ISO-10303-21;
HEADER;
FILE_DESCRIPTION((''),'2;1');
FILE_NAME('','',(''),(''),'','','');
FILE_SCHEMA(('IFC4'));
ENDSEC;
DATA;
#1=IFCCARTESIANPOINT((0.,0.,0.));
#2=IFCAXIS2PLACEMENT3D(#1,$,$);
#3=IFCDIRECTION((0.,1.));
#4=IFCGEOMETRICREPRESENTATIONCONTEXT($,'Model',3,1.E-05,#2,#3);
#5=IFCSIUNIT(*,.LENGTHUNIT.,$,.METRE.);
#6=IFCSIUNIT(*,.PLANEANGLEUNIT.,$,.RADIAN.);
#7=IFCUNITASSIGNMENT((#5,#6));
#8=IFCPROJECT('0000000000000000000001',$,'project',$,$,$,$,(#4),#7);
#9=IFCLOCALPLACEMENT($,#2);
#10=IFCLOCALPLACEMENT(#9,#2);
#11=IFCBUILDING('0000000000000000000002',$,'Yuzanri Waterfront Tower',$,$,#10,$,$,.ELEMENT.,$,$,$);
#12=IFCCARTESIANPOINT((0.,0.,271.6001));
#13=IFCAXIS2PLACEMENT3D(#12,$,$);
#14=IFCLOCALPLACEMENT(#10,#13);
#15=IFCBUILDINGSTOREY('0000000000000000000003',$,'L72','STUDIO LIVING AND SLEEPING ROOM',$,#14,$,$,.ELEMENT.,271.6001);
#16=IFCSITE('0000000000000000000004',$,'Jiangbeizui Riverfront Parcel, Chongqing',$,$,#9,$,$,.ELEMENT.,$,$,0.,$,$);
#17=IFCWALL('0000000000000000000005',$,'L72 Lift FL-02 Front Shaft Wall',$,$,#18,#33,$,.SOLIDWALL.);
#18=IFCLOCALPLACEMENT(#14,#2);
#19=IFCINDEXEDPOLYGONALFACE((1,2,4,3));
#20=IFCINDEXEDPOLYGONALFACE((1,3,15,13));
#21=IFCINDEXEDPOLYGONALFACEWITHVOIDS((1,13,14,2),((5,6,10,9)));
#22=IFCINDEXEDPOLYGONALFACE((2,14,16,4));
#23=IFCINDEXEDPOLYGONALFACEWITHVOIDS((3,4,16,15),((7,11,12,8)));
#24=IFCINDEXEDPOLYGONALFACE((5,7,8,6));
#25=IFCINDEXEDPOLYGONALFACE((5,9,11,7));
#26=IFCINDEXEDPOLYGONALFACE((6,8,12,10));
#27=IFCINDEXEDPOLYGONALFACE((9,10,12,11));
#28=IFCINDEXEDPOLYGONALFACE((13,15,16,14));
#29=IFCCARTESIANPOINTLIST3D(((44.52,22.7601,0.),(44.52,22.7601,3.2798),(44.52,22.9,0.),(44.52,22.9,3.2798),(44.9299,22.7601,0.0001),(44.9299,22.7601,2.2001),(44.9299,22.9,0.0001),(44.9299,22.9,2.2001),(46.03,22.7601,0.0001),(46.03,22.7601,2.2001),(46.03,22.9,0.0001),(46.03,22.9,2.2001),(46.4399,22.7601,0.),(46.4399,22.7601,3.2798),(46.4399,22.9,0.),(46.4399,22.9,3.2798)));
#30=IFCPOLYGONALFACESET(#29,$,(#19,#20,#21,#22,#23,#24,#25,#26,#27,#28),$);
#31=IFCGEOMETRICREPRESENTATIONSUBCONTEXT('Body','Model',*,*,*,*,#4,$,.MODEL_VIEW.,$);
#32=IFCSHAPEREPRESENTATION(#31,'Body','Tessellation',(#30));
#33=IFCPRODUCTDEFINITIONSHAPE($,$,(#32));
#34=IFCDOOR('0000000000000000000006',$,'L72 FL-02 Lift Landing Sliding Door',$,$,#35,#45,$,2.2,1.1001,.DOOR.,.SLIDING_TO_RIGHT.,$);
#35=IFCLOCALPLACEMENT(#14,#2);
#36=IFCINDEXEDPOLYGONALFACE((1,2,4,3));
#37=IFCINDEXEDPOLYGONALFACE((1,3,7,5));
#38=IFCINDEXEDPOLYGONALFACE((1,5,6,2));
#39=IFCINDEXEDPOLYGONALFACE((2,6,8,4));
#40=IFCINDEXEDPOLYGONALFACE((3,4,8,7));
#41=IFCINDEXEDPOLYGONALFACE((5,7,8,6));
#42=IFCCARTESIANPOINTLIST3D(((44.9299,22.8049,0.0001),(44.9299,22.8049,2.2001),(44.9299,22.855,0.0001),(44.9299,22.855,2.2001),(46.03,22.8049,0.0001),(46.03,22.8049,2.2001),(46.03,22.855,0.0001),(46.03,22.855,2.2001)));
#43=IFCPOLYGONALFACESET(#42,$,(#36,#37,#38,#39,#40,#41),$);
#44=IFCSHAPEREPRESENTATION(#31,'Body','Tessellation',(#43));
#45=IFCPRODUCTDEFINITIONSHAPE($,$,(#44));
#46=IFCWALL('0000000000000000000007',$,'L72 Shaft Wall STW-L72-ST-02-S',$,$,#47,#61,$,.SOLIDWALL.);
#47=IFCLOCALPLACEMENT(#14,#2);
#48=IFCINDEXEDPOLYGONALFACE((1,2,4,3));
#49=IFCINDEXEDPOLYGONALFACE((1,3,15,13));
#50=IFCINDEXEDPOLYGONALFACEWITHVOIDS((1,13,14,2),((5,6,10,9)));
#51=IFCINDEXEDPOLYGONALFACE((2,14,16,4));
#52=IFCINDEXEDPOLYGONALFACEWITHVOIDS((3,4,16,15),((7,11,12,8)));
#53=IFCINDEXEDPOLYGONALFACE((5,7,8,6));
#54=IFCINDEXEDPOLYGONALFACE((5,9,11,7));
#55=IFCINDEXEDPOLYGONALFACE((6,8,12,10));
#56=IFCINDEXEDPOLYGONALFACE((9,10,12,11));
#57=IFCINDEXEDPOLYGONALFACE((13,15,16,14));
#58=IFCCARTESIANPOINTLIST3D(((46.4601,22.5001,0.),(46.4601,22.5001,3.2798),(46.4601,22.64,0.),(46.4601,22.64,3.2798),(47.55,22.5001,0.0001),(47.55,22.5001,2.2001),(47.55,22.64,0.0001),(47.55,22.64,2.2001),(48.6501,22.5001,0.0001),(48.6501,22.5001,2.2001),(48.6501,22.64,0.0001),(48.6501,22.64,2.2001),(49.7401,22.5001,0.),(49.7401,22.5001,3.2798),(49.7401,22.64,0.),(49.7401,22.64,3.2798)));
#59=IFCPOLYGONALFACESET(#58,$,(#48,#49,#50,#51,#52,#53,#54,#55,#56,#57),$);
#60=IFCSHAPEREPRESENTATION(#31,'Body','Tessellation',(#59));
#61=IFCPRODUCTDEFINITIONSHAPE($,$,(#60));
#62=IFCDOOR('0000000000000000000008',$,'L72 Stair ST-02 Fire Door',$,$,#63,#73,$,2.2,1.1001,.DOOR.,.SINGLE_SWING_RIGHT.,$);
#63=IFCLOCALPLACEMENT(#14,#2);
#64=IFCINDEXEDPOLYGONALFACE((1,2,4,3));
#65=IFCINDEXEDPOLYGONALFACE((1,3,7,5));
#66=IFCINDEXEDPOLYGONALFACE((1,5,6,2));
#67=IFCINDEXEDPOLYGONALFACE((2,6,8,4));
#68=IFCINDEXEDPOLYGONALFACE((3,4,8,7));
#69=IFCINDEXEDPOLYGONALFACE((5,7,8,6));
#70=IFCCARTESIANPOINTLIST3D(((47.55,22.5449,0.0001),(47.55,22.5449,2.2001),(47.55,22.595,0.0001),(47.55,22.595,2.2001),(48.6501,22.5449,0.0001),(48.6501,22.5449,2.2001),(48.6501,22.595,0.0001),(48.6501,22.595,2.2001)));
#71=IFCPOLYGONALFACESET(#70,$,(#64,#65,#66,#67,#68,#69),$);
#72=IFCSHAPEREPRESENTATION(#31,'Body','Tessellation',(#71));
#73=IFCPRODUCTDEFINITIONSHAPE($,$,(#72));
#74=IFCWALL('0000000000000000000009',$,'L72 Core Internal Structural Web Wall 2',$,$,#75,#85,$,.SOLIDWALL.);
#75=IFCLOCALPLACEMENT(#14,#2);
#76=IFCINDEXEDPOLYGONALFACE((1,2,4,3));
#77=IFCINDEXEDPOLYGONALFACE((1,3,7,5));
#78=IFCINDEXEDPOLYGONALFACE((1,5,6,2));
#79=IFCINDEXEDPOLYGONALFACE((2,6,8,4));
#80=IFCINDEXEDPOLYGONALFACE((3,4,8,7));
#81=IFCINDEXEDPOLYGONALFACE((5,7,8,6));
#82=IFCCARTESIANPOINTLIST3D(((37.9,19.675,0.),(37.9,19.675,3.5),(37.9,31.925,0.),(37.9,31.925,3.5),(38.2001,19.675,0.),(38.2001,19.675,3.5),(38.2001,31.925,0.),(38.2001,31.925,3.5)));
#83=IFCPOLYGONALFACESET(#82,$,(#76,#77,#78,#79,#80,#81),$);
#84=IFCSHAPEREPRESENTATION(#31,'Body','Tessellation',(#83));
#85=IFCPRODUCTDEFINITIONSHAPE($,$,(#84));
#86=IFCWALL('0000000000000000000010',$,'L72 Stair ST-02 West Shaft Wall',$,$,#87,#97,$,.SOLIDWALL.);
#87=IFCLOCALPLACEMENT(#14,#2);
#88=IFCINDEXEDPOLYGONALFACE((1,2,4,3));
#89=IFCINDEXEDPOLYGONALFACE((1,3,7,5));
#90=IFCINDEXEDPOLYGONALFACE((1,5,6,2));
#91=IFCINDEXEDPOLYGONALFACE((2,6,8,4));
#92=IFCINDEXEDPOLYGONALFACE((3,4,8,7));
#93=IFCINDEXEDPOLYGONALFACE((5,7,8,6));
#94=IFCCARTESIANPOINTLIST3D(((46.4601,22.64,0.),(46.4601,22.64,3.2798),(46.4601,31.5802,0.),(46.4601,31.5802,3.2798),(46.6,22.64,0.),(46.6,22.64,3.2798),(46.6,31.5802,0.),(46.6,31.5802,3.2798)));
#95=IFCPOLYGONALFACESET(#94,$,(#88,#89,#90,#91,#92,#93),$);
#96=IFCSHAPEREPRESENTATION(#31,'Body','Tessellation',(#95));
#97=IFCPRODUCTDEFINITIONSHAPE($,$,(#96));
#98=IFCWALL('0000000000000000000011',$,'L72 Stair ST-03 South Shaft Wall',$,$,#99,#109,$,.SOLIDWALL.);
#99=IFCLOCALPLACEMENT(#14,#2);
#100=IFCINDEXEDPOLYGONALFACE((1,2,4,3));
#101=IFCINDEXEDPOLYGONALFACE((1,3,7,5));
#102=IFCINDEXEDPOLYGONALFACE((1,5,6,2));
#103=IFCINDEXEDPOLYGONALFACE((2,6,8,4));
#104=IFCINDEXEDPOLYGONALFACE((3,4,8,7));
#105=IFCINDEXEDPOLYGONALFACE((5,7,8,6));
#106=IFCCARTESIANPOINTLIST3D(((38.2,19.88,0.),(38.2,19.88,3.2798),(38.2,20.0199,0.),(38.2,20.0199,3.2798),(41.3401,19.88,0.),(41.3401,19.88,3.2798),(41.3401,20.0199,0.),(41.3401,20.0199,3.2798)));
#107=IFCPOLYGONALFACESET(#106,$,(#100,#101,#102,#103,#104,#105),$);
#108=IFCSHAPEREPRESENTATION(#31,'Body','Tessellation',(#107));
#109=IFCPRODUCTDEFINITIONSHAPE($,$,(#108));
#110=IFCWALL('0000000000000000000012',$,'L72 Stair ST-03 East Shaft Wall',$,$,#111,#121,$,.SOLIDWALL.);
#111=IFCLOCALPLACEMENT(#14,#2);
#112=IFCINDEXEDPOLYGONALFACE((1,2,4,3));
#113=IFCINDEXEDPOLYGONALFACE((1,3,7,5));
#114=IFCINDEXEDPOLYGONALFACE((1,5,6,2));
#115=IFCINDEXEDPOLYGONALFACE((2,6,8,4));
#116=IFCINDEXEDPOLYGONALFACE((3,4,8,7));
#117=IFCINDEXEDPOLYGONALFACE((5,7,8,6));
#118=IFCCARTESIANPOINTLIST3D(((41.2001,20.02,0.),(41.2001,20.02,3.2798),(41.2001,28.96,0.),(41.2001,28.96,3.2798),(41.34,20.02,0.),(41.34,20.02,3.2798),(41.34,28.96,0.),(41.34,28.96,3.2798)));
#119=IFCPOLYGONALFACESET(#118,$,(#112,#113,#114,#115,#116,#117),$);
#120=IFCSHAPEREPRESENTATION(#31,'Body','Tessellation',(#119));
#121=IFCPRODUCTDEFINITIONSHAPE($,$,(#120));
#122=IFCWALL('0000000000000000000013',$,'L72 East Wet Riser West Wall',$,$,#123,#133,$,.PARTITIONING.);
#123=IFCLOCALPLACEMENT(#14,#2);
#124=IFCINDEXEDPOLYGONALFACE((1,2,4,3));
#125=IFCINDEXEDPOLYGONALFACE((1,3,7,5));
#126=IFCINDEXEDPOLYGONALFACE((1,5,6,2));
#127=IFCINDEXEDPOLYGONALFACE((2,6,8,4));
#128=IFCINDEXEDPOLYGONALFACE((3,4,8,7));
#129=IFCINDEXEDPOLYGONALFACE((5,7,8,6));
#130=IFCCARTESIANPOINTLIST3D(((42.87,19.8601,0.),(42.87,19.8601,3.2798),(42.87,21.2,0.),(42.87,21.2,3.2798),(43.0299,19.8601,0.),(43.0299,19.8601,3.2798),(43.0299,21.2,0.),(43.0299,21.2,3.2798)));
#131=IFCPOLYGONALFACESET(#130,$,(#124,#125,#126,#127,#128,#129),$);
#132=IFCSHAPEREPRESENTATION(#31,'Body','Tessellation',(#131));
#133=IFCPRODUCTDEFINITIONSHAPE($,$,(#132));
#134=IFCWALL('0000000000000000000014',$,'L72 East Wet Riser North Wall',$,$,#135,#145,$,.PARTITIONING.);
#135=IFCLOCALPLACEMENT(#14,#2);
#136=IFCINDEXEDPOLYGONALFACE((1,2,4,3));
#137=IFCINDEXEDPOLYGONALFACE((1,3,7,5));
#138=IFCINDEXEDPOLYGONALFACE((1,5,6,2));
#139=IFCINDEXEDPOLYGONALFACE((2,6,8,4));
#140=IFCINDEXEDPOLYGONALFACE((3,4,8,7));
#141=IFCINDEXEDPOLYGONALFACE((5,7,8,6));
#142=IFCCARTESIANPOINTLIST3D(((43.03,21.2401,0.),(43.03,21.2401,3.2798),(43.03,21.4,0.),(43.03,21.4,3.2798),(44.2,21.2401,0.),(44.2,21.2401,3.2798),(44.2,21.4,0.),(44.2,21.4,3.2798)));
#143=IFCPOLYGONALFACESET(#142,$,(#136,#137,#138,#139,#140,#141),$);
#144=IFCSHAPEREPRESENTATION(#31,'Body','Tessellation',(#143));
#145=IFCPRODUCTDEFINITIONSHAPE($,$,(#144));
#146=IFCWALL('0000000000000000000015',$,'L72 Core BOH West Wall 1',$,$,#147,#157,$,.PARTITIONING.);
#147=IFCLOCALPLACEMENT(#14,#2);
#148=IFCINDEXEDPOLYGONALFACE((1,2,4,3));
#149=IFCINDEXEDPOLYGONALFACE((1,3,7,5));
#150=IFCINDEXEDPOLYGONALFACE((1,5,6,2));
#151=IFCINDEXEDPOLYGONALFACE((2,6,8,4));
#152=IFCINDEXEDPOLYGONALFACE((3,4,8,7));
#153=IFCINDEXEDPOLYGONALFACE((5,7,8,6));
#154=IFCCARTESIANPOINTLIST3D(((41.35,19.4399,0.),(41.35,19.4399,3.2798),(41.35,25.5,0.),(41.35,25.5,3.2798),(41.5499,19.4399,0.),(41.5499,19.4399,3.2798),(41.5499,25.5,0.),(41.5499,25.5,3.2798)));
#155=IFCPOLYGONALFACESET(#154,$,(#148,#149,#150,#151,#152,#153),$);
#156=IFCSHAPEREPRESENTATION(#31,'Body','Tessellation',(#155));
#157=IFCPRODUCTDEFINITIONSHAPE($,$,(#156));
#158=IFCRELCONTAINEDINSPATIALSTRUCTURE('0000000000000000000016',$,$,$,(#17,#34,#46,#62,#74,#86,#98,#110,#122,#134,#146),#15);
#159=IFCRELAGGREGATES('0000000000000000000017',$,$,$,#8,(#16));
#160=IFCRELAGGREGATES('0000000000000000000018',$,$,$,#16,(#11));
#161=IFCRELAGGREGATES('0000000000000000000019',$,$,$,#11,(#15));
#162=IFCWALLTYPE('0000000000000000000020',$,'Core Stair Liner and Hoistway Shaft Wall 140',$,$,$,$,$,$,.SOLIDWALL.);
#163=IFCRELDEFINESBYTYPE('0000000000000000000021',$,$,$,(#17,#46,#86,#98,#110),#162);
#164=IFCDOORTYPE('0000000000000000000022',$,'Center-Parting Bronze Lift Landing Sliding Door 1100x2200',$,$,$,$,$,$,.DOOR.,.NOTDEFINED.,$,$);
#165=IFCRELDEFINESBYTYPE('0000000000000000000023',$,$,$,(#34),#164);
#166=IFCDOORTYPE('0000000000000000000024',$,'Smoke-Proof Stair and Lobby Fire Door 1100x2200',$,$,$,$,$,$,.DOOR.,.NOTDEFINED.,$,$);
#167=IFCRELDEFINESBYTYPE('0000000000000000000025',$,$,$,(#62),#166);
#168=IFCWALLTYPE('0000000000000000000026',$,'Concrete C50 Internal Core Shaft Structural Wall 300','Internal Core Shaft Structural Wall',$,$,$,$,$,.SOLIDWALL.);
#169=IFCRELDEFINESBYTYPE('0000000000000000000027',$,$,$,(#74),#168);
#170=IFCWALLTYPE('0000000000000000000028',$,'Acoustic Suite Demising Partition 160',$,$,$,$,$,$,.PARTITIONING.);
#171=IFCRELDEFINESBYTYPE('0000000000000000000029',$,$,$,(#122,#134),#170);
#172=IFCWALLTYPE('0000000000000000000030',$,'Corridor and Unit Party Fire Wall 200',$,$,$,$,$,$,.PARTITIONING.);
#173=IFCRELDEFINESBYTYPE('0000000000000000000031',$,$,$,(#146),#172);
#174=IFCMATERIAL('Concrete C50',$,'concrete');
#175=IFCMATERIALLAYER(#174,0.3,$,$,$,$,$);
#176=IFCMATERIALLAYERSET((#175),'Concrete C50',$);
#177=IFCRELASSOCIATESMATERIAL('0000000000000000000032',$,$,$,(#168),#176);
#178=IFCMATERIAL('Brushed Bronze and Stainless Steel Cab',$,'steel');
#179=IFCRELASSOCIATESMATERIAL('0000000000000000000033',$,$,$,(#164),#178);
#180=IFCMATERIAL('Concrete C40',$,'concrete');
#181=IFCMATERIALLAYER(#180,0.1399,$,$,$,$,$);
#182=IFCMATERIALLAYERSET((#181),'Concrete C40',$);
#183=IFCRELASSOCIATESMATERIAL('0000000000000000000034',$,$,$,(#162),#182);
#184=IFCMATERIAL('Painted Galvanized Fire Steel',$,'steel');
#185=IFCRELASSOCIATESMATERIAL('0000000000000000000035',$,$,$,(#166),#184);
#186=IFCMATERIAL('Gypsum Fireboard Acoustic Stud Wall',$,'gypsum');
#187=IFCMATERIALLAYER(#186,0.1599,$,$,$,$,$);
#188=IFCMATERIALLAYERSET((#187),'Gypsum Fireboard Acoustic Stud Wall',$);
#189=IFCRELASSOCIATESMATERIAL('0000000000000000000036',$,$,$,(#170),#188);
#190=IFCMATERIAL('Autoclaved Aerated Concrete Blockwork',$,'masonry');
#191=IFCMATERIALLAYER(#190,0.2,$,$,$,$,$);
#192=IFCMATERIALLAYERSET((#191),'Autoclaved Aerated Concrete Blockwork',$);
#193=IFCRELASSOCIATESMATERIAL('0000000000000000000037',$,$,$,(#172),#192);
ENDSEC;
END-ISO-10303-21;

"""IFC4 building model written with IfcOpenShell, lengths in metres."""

from ifc_helpers import new_model, si_unit, direction, frame, frame_2d, origin, place, context, subcontext, project, spatial, rectangle, extrude, source, transform, mapped, material, layer, layer_set, type_object, element, fill, save


model = new_model("IFC4")

# Units and contexts
model_context = context("Model", 3, precision=1e-05, world=origin(), true_north=direction((0.0, 1.0)))
body_context = subcontext(model_context, "Body", "Model", "MODEL_VIEW")
ifc_project = project(units=[si_unit("LENGTHUNIT", "METRE"), si_unit("PLANEANGLEUNIT", "RADIAN")], contexts=[model_context])

# Site, building, storey
site_placement = place(None, origin())
site = spatial("IfcSite", under=ifc_project, at=site_placement, Name="Jiangbeizui Riverfront Parcel, Chongqing", CompositionType="ELEMENT", RefElevation=0.0)
building_placement = place(site_placement, origin())
building = spatial("IfcBuilding", under=site, at=building_placement, Name="Yuzanri Waterfront Tower", CompositionType="ELEMENT")
storey_placement = place(building_placement, frame((0.0, 0.0, 271.6001)))
storey = spatial("IfcBuildingStorey", under=building, at=storey_placement, Name="L72", Description="STUDIO LIVING AND SLEEPING ROOM", CompositionType="ELEMENT", Elevation=271.6001)

# Shared definitions
ifc_material_1 = material(Name="Concrete C50", Category="concrete")
ifc_layer_1 = layer(ifc_material_1, 0.3)
ifc_layer_set_1 = layer_set([ifc_layer_1], Name="Concrete C50")
wall_type_1 = type_object("IfcWallType", Name="Concrete C50 Internal Core Shaft Structural Wall 300", Description="Internal Core Shaft Structural Wall", PredefinedType="SOLIDWALL", material=ifc_layer_set_1)
ifc_material_2 = material(Name="Brushed Bronze and Stainless Steel Cab", Category="steel")
door_type_1 = type_object("IfcDoorType", Name="Center-Parting Bronze Lift Landing Sliding Door 1100x2200", OperationType="NOTDEFINED", PredefinedType="DOOR", material=ifc_material_2)
shared_shape_1 = source(origin(), body_context, "Body", "SweptSolid", [
    extrude(rectangle(XDim=1.1001, YDim=2.2, at=frame_2d((0.55, 1.1001))), frame((0.0, 0.0249, 0.0), z_axis=(0.0, -1.0, 0.0), x_axis=(1.0, 0.0, 0.0)), (0.0, 0.0, 1.0), 0.05),
])

# Walls, openings, doors
ifc_material_3 = material(Name="Concrete C40", Category="concrete")
ifc_layer_2 = layer(ifc_material_3, 0.1399)
ifc_layer_set_2 = layer_set([ifc_layer_2], Name="Concrete C40")
wall_type_2 = type_object("IfcWallType", Name="Core Stair Liner and Hoistway Shaft Wall 140", PredefinedType="SOLIDWALL", material=ifc_layer_set_2)
wall_1_placement = place(storey_placement, frame((44.52, 22.8301, 0.0), z_axis=(0.0, 0.0, 1.0), x_axis=(1.0, 0.0, 0.0)))
wall_1 = element("IfcWall", 1, at=wall_1_placement, inside=storey, type_object=wall_type_2, Name="L72 Lift FL-02 Front Shaft Wall", PredefinedType="SOLIDWALL", context=body_context, shape_type="SweptSolid", body=[
    extrude(rectangle(XDim=1.9199, YDim=0.1399, at=frame_2d((0.96, 0.0))), origin(), (0.0, 0.0, 1.0), 3.2798),
])
opening_1_placement = place(wall_1_placement, frame((0.4099, 0.0, 0.0)))
opening_1 = element("IfcOpeningElement", 2, at=opening_1_placement, cuts=wall_1, PredefinedType="OPENING", context=body_context, shape_type="SweptSolid", body=[
    extrude(rectangle(XDim=1.1001, YDim=2.2, at=frame_2d((0.55, 1.1001))), frame((0.0, 0.085, 0.0), z_axis=(0.0, -1.0, 0.0), x_axis=(1.0, 0.0, 0.0)), (0.0, 0.0, 1.0), 0.1697),
])
door_1_placement = place(opening_1_placement, origin())
door_1 = element("IfcDoor", 3, at=door_1_placement, inside=storey, type_object=door_type_1, Name="L72 FL-02 Lift Landing Sliding Door", OperationType="SLIDING_TO_RIGHT", OverallHeight=2.2, OverallWidth=1.1001, PredefinedType="DOOR", context=body_context, shape_type="MappedRepresentation", body=[
    mapped(shared_shape_1, transform((0.0, 0.0, 0.0), scale=1.0)),
])
fill(opening_1, door_1)
wall_2_placement = place(storey_placement, frame((46.46, 22.5701, 0.0), z_axis=(0.0, 0.0, 1.0), x_axis=(1.0, 0.0, 0.0)))
wall_2 = element("IfcWall", 4, at=wall_2_placement, inside=storey, type_object=wall_type_2, Name="L72 Shaft Wall STW-L72-ST-02-S", PredefinedType="SOLIDWALL", context=body_context, shape_type="SweptSolid", body=[
    extrude(rectangle(XDim=3.28, YDim=0.1399, at=frame_2d((1.6401, 0.0))), origin(), (0.0, 0.0, 1.0), 3.2798),
])
opening_2_placement = place(wall_2_placement, frame((1.0901, 0.0, 0.0)))
opening_2 = element("IfcOpeningElement", 5, at=opening_2_placement, cuts=wall_2, PredefinedType="OPENING", context=body_context, shape_type="SweptSolid", body=[
    extrude(rectangle(XDim=1.1001, YDim=2.2, at=frame_2d((0.55, 1.1001))), frame((0.0, 0.085, 0.0), z_axis=(0.0, -1.0, 0.0), x_axis=(1.0, 0.0, 0.0)), (0.0, 0.0, 1.0), 0.1697),
])
ifc_material_4 = material(Name="Painted Galvanized Fire Steel", Category="steel")
door_type_2 = type_object("IfcDoorType", Name="Smoke-Proof Stair and Lobby Fire Door 1100x2200", OperationType="NOTDEFINED", PredefinedType="DOOR", material=ifc_material_4)
shared_shape_2 = source(origin(), body_context, "Body", "SweptSolid", [
    extrude(rectangle(XDim=1.1001, YDim=2.2, at=frame_2d((0.55, 1.1001))), frame((0.0, 0.0249, 0.0), z_axis=(0.0, -1.0, 0.0), x_axis=(1.0, 0.0, 0.0)), (0.0, 0.0, 1.0), 0.05),
])
door_2_placement = place(opening_2_placement, origin())
door_2 = element("IfcDoor", 6, at=door_2_placement, inside=storey, type_object=door_type_2, Name="L72 Stair ST-02 Fire Door", OperationType="SINGLE_SWING_RIGHT", OverallHeight=2.2, OverallWidth=1.1001, PredefinedType="DOOR", context=body_context, shape_type="MappedRepresentation", body=[
    mapped(shared_shape_2, transform((0.0, 0.0, 0.0), scale=1.0)),
])
fill(opening_2, door_2)

# Walls
shared_shape_3 = source(origin(), body_context, "Body", "SweptSolid", [
    extrude(rectangle(XDim=12.25, YDim=0.3, at=frame_2d((6.125, 0.0))), origin(), (0.0, 0.0, 1.0), 3.5),
])
wall_3_placement = place(storey_placement, frame((38.05, 19.675, 0.0), z_axis=(0.0, 0.0, 1.0), x_axis=(0.0, 1.0, 0.0)))
element("IfcWall", 7, at=wall_3_placement, inside=storey, type_object=wall_type_1, Name="L72 Core Internal Structural Web Wall 2", PredefinedType="SOLIDWALL", context=body_context, shape_type="MappedRepresentation", body=[
    mapped(shared_shape_3, transform((0.0, 0.0, 0.0), scale=1.0)),
])
shared_shape_4 = source(origin(), body_context, "Body", "SweptSolid", [
    extrude(rectangle(XDim=8.9402, YDim=0.1399, at=frame_2d((4.4702, 0.0))), origin(), (0.0, 0.0, 1.0), 3.2798),
])
wall_4_placement = place(storey_placement, frame((46.53, 22.6399, 0.0), z_axis=(0.0, 0.0, 1.0), x_axis=(0.0, 1.0, 0.0)))
element("IfcWall", 8, at=wall_4_placement, inside=storey, type_object=wall_type_2, Name="L72 Stair ST-02 West Shaft Wall", PredefinedType="SOLIDWALL", context=body_context, shape_type="MappedRepresentation", body=[
    mapped(shared_shape_4, transform((0.0, 0.0, 0.0), scale=1.0)),
])
shared_shape_5 = source(origin(), body_context, "Body", "SweptSolid", [
    extrude(rectangle(XDim=3.1401, YDim=0.1399, at=frame_2d((1.5701, 0.0))), origin(), (0.0, 0.0, 1.0), 3.2798),
])
wall_5_placement = place(storey_placement, frame((38.2, 19.95, 0.0), z_axis=(0.0, 0.0, 1.0), x_axis=(1.0, 0.0, 0.0)))
element("IfcWall", 9, at=wall_5_placement, inside=storey, type_object=wall_type_2, Name="L72 Stair ST-03 South Shaft Wall", PredefinedType="SOLIDWALL", context=body_context, shape_type="MappedRepresentation", body=[
    mapped(shared_shape_5, transform((0.0, 0.0, 0.0), scale=1.0)),
])
shared_shape_6 = source(origin(), body_context, "Body", "SweptSolid", [
    extrude(rectangle(XDim=8.9399, YDim=0.1399, at=frame_2d((4.47, 0.0))), origin(), (0.0, 0.0, 1.0), 3.2798),
])
wall_6_placement = place(storey_placement, frame((41.27, 20.02, 0.0), z_axis=(0.0, 0.0, 1.0), x_axis=(0.0, 1.0, 0.0)))
element("IfcWall", 10, at=wall_6_placement, inside=storey, type_object=wall_type_2, Name="L72 Stair ST-03 East Shaft Wall", PredefinedType="SOLIDWALL", context=body_context, shape_type="MappedRepresentation", body=[
    mapped(shared_shape_6, transform((0.0, 0.0, 0.0), scale=1.0)),
])
ifc_material_5 = material(Name="Gypsum Fireboard Acoustic Stud Wall", Category="gypsum")
ifc_layer_3 = layer(ifc_material_5, 0.1599)
ifc_layer_set_3 = layer_set([ifc_layer_3], Name="Gypsum Fireboard Acoustic Stud Wall")
wall_type_3 = type_object("IfcWallType", Name="Acoustic Suite Demising Partition 160", PredefinedType="PARTITIONING", material=ifc_layer_set_3)
shared_shape_7 = source(origin(), body_context, "Body", "SweptSolid", [
    extrude(rectangle(XDim=1.3398, YDim=0.1599, at=frame_2d((0.6699, 0.0))), origin(), (0.0, 0.0, 1.0), 3.2798),
])
wall_7_placement = place(storey_placement, frame((42.95, 19.8601, 0.0), z_axis=(0.0, 0.0, 1.0), x_axis=(0.0, 1.0, 0.0)))
element("IfcWall", 11, at=wall_7_placement, inside=storey, type_object=wall_type_3, Name="L72 East Wet Riser West Wall", PredefinedType="PARTITIONING", context=body_context, shape_type="MappedRepresentation", body=[
    mapped(shared_shape_7, transform((0.0, 0.0, 0.0), scale=1.0)),
])
shared_shape_8 = source(origin(), body_context, "Body", "SweptSolid", [
    extrude(rectangle(XDim=1.1699, YDim=0.1599, at=frame_2d((0.585, 0.0))), origin(), (0.0, 0.0, 1.0), 3.2798),
])
wall_8_placement = place(storey_placement, frame((43.03, 21.3201, 0.0), z_axis=(0.0, 0.0, 1.0), x_axis=(1.0, 0.0, 0.0)))
element("IfcWall", 12, at=wall_8_placement, inside=storey, type_object=wall_type_3, Name="L72 East Wet Riser North Wall", PredefinedType="PARTITIONING", context=body_context, shape_type="MappedRepresentation", body=[
    mapped(shared_shape_8, transform((0.0, 0.0, 0.0), scale=1.0)),
])
ifc_material_6 = material(Name="Autoclaved Aerated Concrete Blockwork", Category="masonry")
ifc_layer_4 = layer(ifc_material_6, 0.2)
ifc_layer_set_4 = layer_set([ifc_layer_4], Name="Autoclaved Aerated Concrete Blockwork")
wall_type_4 = type_object("IfcWallType", Name="Corridor and Unit Party Fire Wall 200", PredefinedType="PARTITIONING", material=ifc_layer_set_4)
shared_shape_9 = source(origin(), body_context, "Body", "SweptSolid", [
    extrude(rectangle(XDim=6.0601, YDim=0.2, at=frame_2d((3.03, 0.0))), origin(), (0.0, 0.0, 1.0), 3.2798),
])
wall_9_placement = place(storey_placement, frame((41.45, 19.4399, 0.0), z_axis=(0.0, 0.0, 1.0), x_axis=(0.0, 1.0, 0.0)))
element("IfcWall", 13, at=wall_9_placement, inside=storey, type_object=wall_type_4, Name="L72 Core BOH West Wall 1", PredefinedType="PARTITIONING", context=body_context, shape_type="MappedRepresentation", body=[
    mapped(shared_shape_9, transform((0.0, 0.0, 0.0), scale=1.0)),
])

save(model, "model.ifc")
